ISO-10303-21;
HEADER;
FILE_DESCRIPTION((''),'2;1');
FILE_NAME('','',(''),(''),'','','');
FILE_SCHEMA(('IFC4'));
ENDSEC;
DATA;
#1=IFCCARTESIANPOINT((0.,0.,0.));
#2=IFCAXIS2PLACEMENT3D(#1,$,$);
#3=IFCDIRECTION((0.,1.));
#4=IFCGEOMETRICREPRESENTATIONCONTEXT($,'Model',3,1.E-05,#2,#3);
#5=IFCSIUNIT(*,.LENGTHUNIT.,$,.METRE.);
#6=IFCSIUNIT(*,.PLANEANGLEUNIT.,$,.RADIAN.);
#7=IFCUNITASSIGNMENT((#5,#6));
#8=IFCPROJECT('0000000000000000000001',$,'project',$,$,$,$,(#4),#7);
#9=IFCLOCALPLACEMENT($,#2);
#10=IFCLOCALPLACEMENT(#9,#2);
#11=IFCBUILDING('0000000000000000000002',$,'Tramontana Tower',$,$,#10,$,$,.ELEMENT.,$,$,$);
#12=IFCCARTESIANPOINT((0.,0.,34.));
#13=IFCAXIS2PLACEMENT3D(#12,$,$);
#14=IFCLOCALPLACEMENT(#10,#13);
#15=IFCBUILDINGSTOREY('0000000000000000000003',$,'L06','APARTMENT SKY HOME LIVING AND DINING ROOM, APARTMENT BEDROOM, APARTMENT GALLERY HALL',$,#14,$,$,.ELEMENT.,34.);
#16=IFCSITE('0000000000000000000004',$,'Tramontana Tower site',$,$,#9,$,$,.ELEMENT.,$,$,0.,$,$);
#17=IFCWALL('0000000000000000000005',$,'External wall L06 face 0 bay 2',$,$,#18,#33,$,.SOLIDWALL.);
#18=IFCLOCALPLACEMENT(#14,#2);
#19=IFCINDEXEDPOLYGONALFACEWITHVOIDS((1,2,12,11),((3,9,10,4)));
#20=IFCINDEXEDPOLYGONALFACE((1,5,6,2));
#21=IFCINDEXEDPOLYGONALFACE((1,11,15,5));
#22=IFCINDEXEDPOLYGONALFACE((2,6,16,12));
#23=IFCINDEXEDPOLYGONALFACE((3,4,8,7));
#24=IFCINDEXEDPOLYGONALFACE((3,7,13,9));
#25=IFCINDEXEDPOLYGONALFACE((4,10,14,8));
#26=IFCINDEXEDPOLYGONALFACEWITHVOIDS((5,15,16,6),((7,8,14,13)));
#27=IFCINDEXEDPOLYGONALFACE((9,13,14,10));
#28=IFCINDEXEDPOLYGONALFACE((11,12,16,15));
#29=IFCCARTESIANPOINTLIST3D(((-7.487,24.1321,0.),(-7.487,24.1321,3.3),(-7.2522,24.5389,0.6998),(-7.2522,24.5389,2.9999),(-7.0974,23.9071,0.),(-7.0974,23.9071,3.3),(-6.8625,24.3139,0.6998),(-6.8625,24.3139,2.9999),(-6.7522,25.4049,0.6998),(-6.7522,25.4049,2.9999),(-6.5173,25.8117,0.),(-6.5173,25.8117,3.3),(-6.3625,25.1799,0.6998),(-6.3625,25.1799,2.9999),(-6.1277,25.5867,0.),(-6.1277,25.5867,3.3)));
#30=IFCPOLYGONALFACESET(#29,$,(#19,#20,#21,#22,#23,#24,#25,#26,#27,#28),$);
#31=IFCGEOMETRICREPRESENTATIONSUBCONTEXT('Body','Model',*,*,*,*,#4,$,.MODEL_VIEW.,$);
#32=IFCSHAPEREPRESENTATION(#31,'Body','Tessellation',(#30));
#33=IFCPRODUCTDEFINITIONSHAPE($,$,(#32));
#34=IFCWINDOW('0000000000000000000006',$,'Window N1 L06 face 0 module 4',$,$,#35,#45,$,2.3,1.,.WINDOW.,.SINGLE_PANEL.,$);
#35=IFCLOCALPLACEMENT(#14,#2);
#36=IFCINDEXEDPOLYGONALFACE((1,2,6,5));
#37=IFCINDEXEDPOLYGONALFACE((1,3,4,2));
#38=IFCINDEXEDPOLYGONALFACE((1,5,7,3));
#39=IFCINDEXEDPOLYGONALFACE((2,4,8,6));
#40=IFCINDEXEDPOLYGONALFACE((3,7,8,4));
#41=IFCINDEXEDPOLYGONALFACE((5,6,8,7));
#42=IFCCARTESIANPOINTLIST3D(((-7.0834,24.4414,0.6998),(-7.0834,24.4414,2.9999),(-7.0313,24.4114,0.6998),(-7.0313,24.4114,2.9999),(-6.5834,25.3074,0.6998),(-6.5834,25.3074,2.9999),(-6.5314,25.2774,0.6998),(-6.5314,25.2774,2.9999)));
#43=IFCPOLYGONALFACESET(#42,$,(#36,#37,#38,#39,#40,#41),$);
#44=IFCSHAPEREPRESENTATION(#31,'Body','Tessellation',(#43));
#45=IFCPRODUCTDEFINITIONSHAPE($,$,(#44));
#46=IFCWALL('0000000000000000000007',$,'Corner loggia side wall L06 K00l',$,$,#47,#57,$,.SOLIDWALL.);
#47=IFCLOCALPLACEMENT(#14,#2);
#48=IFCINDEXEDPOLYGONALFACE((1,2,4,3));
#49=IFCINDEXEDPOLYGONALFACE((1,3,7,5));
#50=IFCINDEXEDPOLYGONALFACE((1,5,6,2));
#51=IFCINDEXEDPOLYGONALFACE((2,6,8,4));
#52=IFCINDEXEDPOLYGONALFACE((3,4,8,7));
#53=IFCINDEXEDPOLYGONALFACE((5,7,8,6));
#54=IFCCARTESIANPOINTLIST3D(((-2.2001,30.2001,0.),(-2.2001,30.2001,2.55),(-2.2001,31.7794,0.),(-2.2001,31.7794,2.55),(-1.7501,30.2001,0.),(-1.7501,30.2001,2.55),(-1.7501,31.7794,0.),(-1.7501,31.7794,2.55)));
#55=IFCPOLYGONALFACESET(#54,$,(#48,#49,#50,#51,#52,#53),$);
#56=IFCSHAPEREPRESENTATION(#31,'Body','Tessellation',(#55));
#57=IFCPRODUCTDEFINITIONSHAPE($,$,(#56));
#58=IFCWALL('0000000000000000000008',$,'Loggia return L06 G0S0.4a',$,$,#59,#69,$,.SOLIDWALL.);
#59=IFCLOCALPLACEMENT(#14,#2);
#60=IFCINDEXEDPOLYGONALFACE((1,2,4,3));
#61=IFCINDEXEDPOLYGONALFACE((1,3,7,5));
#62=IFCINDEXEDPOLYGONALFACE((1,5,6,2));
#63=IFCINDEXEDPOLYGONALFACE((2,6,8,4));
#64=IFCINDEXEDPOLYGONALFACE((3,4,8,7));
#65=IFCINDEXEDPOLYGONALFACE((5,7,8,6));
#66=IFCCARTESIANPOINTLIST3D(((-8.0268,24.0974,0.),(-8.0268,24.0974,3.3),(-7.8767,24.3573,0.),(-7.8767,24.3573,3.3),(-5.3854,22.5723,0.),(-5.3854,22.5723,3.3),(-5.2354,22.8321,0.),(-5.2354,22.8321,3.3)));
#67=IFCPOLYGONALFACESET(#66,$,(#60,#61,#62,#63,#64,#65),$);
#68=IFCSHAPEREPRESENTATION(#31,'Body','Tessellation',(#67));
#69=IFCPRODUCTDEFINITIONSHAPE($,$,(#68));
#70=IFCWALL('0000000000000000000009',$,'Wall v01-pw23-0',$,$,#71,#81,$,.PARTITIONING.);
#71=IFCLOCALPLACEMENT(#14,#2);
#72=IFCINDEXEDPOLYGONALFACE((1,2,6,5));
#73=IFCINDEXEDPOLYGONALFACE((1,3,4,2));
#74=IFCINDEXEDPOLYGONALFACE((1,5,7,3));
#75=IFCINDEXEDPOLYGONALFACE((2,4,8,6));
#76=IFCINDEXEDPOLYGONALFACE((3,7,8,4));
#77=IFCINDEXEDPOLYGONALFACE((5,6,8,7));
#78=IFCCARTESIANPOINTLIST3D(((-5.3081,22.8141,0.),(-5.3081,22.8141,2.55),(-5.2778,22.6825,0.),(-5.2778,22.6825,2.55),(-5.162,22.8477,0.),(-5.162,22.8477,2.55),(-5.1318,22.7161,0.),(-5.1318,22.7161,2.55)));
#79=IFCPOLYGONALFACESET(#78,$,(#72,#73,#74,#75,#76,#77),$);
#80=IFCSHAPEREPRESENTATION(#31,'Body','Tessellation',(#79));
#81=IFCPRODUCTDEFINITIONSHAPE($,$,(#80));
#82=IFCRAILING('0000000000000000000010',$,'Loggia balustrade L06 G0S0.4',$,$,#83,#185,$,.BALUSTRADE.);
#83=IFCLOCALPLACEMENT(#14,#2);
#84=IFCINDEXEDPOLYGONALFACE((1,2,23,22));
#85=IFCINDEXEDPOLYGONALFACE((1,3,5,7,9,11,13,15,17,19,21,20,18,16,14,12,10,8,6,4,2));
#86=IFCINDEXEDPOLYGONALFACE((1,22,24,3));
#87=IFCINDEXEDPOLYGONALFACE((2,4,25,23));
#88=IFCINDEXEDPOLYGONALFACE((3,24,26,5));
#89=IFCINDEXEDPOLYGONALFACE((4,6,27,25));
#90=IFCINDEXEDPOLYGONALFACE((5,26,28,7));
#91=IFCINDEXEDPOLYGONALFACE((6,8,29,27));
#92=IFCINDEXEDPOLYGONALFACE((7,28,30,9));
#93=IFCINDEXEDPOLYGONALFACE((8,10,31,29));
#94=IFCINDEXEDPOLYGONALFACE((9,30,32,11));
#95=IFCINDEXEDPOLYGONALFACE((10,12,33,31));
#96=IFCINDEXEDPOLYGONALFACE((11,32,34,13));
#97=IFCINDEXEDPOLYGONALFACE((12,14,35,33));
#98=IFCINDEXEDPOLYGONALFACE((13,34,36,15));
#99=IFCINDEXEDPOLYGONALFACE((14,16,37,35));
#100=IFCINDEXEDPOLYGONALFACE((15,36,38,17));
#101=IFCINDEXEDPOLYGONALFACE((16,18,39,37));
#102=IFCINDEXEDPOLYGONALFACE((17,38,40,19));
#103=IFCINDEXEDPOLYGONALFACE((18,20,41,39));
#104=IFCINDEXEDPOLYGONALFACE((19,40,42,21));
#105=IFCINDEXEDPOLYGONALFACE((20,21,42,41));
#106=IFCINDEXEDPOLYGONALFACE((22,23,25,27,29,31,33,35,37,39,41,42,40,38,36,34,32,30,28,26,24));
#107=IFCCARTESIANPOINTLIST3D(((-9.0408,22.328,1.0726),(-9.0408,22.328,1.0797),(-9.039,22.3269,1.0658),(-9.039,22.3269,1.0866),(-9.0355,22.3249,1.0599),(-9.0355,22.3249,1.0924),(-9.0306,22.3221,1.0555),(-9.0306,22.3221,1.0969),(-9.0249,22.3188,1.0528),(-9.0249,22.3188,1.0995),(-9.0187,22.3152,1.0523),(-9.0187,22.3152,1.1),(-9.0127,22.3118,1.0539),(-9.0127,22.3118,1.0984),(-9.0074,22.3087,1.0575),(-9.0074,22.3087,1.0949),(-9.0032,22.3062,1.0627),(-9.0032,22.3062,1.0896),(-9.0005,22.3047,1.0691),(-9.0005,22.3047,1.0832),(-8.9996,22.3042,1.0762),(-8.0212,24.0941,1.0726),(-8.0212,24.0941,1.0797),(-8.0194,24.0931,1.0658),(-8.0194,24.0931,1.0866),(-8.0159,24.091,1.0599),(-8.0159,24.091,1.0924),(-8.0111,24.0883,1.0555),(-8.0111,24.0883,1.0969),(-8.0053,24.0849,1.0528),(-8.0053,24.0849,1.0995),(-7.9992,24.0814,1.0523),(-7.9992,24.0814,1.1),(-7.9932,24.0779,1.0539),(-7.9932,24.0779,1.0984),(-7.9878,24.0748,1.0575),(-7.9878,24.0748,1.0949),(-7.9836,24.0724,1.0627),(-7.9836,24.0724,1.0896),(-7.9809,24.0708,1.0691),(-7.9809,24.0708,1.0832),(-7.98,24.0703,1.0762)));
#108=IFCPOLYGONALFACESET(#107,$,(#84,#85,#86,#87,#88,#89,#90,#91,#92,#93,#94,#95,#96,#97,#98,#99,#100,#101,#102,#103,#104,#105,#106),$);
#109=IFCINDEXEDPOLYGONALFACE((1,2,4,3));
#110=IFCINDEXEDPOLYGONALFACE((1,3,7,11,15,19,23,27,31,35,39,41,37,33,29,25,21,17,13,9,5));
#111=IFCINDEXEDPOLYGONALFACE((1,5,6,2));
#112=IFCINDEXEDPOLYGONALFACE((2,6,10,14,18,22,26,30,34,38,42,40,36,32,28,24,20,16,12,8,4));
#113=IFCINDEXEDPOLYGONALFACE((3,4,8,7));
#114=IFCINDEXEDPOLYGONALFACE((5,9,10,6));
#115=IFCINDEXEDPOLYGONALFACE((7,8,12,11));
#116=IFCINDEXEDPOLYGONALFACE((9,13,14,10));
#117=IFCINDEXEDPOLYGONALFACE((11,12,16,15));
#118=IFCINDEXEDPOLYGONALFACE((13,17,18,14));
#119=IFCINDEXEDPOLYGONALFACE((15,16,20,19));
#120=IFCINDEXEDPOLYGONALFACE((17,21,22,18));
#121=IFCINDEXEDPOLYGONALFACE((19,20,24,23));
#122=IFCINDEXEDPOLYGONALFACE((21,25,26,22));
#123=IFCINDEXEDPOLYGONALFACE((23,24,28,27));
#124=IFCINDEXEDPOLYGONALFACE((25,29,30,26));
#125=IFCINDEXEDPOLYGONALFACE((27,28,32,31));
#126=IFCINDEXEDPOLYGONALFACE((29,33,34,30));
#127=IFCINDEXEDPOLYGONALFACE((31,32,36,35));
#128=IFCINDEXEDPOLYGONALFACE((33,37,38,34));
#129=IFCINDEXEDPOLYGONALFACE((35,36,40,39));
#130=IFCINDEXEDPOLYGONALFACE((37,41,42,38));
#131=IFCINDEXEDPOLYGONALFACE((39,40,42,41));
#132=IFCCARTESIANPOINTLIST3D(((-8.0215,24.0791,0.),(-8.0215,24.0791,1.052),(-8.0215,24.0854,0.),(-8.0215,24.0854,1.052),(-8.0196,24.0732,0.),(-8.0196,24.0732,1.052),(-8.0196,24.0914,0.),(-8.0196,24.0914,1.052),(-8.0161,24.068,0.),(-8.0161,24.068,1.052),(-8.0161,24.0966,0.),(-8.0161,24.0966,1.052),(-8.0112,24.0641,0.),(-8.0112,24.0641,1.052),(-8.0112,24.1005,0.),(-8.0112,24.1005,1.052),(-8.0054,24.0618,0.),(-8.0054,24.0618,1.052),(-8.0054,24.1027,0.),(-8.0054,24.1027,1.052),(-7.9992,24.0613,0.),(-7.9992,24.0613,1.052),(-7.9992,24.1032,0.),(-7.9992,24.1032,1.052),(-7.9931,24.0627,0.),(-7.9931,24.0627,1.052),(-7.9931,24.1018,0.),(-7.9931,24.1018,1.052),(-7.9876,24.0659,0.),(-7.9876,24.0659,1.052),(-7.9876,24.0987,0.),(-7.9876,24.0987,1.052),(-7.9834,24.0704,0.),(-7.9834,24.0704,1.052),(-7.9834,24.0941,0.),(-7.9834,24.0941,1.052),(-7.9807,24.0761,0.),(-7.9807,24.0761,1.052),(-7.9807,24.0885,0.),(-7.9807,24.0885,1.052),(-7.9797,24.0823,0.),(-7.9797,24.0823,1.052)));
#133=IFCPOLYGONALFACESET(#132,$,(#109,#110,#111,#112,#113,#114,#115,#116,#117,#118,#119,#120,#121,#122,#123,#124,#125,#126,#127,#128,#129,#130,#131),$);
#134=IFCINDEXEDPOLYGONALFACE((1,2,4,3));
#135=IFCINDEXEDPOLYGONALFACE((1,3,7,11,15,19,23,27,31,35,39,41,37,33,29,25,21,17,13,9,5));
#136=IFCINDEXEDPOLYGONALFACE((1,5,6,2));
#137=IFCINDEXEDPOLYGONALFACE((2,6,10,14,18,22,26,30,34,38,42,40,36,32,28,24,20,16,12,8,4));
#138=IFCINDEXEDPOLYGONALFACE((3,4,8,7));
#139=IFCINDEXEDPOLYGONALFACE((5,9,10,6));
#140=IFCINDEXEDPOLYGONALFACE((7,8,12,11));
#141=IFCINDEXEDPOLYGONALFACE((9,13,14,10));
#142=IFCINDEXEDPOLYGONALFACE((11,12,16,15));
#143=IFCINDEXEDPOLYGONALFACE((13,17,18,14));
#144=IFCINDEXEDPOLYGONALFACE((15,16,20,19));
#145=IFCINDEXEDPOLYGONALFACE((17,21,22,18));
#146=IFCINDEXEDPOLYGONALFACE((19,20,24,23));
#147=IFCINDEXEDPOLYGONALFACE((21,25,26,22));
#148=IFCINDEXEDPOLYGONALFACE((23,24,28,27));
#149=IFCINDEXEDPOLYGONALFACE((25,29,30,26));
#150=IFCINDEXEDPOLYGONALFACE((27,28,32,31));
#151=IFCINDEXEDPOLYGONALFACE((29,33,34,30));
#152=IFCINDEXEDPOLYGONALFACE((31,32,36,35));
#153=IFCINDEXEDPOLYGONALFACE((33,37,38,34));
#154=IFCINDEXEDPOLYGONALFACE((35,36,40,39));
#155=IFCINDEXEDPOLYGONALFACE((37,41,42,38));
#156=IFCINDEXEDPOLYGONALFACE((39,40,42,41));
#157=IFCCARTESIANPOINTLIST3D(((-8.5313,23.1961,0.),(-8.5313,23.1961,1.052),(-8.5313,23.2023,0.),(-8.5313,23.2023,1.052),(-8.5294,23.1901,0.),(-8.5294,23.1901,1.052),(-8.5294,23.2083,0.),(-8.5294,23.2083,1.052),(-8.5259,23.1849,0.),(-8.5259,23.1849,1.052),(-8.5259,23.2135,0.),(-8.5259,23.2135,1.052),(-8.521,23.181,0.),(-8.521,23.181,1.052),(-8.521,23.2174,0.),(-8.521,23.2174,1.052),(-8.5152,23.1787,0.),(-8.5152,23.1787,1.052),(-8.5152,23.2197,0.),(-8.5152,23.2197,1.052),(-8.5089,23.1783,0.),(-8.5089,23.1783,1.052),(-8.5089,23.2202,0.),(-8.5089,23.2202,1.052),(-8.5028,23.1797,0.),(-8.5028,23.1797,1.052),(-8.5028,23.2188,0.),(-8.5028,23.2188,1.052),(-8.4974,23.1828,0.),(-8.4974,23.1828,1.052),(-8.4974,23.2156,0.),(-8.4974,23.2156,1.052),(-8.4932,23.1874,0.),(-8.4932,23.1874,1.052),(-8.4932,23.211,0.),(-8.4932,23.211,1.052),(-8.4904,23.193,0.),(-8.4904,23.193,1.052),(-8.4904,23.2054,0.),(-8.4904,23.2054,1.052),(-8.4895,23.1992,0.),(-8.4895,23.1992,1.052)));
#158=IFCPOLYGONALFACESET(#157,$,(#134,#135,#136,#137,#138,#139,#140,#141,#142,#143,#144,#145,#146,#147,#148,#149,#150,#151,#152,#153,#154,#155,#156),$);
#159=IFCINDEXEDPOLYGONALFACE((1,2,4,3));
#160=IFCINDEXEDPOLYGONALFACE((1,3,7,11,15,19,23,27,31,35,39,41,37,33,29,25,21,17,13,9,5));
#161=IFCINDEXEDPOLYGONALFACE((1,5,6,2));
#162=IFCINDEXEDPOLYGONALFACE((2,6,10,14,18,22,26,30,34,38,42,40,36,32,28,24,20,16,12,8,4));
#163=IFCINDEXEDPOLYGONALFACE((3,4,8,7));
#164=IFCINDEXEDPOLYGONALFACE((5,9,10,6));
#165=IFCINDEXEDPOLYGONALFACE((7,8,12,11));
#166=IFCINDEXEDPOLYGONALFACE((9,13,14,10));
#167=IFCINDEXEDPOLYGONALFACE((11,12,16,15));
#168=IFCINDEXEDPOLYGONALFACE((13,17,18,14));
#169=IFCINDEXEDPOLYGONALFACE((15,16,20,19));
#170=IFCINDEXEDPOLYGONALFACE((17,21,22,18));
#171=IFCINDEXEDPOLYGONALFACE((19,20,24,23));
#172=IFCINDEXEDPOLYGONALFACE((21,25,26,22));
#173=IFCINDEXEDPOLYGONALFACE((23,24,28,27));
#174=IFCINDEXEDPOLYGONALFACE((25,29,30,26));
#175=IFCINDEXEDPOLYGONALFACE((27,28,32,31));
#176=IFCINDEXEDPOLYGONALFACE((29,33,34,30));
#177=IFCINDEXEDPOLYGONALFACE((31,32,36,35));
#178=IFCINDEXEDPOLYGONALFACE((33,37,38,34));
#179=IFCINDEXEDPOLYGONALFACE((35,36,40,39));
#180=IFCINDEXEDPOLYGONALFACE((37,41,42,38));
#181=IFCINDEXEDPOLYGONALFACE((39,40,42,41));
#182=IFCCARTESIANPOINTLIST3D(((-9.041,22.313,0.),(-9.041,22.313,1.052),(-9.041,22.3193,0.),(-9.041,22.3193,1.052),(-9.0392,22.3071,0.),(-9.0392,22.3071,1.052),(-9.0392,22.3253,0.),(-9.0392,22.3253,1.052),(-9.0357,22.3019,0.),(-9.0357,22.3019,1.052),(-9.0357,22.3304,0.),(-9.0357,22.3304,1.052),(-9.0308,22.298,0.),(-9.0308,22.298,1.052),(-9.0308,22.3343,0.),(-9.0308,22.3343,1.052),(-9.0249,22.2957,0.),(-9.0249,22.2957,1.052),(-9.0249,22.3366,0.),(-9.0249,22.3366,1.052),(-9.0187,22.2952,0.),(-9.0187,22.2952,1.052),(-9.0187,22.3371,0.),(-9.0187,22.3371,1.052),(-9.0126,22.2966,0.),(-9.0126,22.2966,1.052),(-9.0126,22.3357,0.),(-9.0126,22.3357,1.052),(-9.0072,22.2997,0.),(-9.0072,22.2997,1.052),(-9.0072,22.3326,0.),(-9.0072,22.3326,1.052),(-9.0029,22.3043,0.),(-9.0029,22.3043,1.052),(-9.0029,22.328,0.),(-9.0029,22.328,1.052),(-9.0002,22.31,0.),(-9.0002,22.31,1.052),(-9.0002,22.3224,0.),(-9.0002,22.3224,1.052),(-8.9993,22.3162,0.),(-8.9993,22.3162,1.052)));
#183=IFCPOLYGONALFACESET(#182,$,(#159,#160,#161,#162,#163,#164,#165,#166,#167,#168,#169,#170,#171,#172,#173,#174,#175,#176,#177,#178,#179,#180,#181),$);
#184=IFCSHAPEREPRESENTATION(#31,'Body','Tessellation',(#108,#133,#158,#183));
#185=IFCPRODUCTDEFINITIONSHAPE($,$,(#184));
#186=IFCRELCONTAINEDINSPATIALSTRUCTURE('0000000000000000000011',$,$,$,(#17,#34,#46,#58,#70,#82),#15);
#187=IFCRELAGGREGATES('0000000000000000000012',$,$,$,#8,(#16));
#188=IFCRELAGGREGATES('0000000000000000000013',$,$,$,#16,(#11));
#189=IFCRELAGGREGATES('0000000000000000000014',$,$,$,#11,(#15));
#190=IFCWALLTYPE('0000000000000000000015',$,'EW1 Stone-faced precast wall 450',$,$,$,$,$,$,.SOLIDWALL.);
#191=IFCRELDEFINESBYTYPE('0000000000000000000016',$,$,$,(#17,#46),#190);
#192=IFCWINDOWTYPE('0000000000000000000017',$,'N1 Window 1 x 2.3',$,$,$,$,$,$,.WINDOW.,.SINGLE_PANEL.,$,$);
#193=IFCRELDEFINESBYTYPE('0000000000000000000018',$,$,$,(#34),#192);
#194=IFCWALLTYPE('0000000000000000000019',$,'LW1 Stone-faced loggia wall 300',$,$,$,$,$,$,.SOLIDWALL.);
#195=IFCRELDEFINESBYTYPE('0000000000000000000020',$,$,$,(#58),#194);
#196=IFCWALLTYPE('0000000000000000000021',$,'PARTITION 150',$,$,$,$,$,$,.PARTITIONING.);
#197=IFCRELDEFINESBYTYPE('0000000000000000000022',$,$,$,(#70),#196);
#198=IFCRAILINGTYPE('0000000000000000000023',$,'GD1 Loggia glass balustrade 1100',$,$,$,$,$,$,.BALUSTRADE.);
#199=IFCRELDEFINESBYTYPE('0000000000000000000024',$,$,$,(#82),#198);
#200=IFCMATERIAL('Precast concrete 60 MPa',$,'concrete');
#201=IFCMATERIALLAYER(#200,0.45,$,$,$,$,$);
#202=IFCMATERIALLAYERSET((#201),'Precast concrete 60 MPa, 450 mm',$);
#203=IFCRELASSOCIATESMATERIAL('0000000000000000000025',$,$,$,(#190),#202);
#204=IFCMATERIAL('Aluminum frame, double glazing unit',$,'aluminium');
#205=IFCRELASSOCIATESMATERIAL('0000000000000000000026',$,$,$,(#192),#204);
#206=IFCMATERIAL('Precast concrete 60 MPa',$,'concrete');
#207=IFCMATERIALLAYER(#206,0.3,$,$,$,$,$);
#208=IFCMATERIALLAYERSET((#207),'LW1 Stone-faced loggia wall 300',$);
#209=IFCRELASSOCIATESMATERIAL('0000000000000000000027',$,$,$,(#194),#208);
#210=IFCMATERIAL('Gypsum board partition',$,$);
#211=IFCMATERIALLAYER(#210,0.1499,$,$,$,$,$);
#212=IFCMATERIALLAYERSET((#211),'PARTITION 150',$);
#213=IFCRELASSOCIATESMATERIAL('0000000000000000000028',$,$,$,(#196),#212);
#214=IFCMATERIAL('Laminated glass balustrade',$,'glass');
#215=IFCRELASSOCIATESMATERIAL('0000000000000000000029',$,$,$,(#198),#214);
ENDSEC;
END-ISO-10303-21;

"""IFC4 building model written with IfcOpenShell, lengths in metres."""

from ifc_helpers import new_model, si_unit, direction, frame, frame_2d, origin, origin_2d, place, context, subcontext, project, spatial, rectangle, circle, extrude, material, layer, layer_set, type_object, element, fill, save


model = new_model("IFC4")

# Units and contexts
model_context = context("Model", 3, precision=1e-05, world=origin(), true_north=direction((0.0, 1.0)))
body_context = subcontext(model_context, "Body", "Model", "MODEL_VIEW")
ifc_project = project(units=[si_unit("LENGTHUNIT", "METRE"), si_unit("PLANEANGLEUNIT", "RADIAN")], contexts=[model_context])

# Site, building, storey
site_placement = place(None, origin())
site = spatial("IfcSite", under=ifc_project, at=site_placement, Name="Tramontana Tower site", CompositionType="ELEMENT", RefElevation=0.0)
building_placement = place(site_placement, origin())
building = spatial("IfcBuilding", under=site, at=building_placement, Name="Tramontana Tower", CompositionType="ELEMENT")
storey_placement = place(building_placement, frame((0.0, 0.0, 34.0)))
storey = spatial("IfcBuildingStorey", under=building, at=storey_placement, Name="L06", Description="APARTMENT SKY HOME LIVING AND DINING ROOM, APARTMENT BEDROOM, APARTMENT GALLERY HALL", CompositionType="ELEMENT", Elevation=34.0)

# Shared definitions
ifc_material_1 = material(Name="Precast concrete 60 MPa", Category="concrete")
ifc_layer_1 = layer(ifc_material_1, 0.45)
ifc_layer_set_1 = layer_set([ifc_layer_1], Name="Precast concrete 60 MPa, 450 mm")
wall_type_1 = type_object("IfcWallType", Name="EW1 Stone-faced precast wall 450", PredefinedType="SOLIDWALL", material=ifc_layer_set_1)

# Wall, opening, window
wall_1_placement = place(storey_placement, frame((-6.3225, 25.6992, 0.0), z_axis=(0.0, 0.0, 1.0), x_axis=(-0.499984, -0.866035, 0.0)))
wall_1 = element("IfcWall", 1, at=wall_1_placement, inside=storey, type_object=wall_type_1, Name="External wall L06 face 0 bay 2", PredefinedType="SOLIDWALL", context=body_context, shape_type="SweptSolid", body=[
    extrude(rectangle(XDim=1.9395, YDim=0.45, at=frame_2d((0.9697, 0.0))), origin(), (0.0, 0.0, 1.0), 3.3),
])
opening_1_placement = place(wall_1_placement, frame((0.4697, 0.0, 0.7)))
opening_1 = element("IfcOpeningElement", 2, at=opening_1_placement, cuts=wall_1, PredefinedType="OPENING", context=body_context, shape_type="SweptSolid", body=[
    extrude(rectangle(XDim=1.0, YDim=2.3, at=frame_2d((0.5, 1.1499))), frame((0.0, 0.2349, 0.0), z_axis=(0.0, -1.0, 0.0), x_axis=(1.0, 0.0, 0.0)), (0.0, 0.0, 1.0), 0.47),
])
ifc_material_2 = material(Name="Aluminum frame, double glazing unit", Category="aluminium")
window_type_1 = type_object("IfcWindowType", Name="N1 Window 1 x 2.3", PartitioningType="SINGLE_PANEL", PredefinedType="WINDOW", material=ifc_material_2)
window_1_placement = place(opening_1_placement, origin())
window_1 = element("IfcWindow", 3, at=window_1_placement, inside=storey, type_object=window_type_1, Name="Window N1 L06 face 0 module 4", OverallHeight=2.3, OverallWidth=1.0, PartitioningType="SINGLE_PANEL", PredefinedType="WINDOW", context=body_context, shape_type="SweptSolid", body=[
    extrude(rectangle(XDim=1.0, YDim=2.3, at=frame_2d((0.5, 1.1499))), frame((0.0, 0.03, 0.0), z_axis=(0.0, -1.0, 0.0), x_axis=(1.0, 0.0, 0.0)), (0.0, 0.0, 1.0), 0.0601),
])
fill(opening_1, window_1)

# Wall
wall_2_placement = place(storey_placement, frame((-1.9751, 31.7793, 0.0), z_axis=(0.0, 0.0, 1.0), x_axis=(0.0, -1.0, 0.0)))
element("IfcWall", 4, at=wall_2_placement, inside=storey, type_object=wall_type_1, Name="Corner loggia side wall L06 K00l", PredefinedType="SOLIDWALL", context=body_context, shape_type="SweptSolid", body=[
    extrude(rectangle(XDim=1.5793, YDim=0.45, at=frame_2d((0.7896, 0.0))), origin(), (0.0, 0.0, 1.0), 2.55),
])

# Walls
ifc_material_3 = material(Name="Precast concrete 60 MPa", Category="concrete")
ifc_layer_2 = layer(ifc_material_3, 0.3)
ifc_layer_set_2 = layer_set([ifc_layer_2], Name="LW1 Stone-faced loggia wall 300")
wall_type_2 = type_object("IfcWallType", Name="LW1 Stone-faced loggia wall 300", PredefinedType="SOLIDWALL", material=ifc_layer_set_2)
wall_3_placement = place(storey_placement, frame((-7.9517, 24.2273, 0.0), z_axis=(0.0, 0.0, 1.0), x_axis=(0.866003, -0.500039, 0.0)))
element("IfcWall", 5, at=wall_3_placement, inside=storey, type_object=wall_type_2, Name="Loggia return L06 G0S0.4a", PredefinedType="SOLIDWALL", context=body_context, shape_type="SweptSolid", body=[
    extrude(rectangle(XDim=3.05, YDim=0.3, at=frame_2d((1.5249, 0.0))), origin(), (0.0, 0.0, 1.0), 3.3),
])
ifc_material_4 = material(Name="Gypsum board partition")
ifc_layer_3 = layer(ifc_material_4, 0.1499)
ifc_layer_set_3 = layer_set([ifc_layer_3], Name="PARTITION 150")
wall_type_3 = type_object("IfcWallType", Name="PARTITION 150", PredefinedType="PARTITIONING", material=ifc_layer_set_3)
wall_4_placement = place(storey_placement, frame((-5.2048, 22.6995, 0.0), z_axis=(0.0, 0.0, 1.0), x_axis=(-0.224199, 0.974543, 0.0)))
element("IfcWall", 6, at=wall_4_placement, inside=storey, type_object=wall_type_3, Name="Wall v01-pw23-0", PredefinedType="PARTITIONING", context=body_context, shape_type="SweptSolid", body=[
    extrude(rectangle(XDim=0.135, YDim=0.1499, at=frame_2d((0.0674, 0.0))), origin(), (0.0, 0.0, 1.0), 2.55),
])

# Railing
ifc_material_5 = material(Name="Laminated glass balustrade", Category="glass")
railing_type = type_object("IfcRailingType", Name="GD1 Loggia glass balustrade 1100", PredefinedType="BALUSTRADE", material=ifc_material_5)
railing_1_placement = place(storey_placement, frame((-8.0007, 24.0823, 0.0)))
element("IfcRailing", 7, at=railing_1_placement, inside=storey, type_object=railing_type, Name="Loggia balustrade L06 G0S0.4", PredefinedType="BALUSTRADE", context=body_context, shape_type="SweptSolid", body=[
    extrude(circle(Radius=0.0239, at=origin_2d()), frame((0.0, 0.0, 1.0762), z_axis=(-0.49995, -0.866054, 0.0), x_axis=(0.866054, -0.49995, 0.0)), (0.0, 0.0, 1.0), 2.0393),
    extrude(circle(Radius=0.021, at=origin_2d()), origin(), (0.0, 0.0, 1.0), 1.052),
    extrude(circle(Radius=0.021, at=origin_2d()), frame((-0.5098, -0.8831, 0.0)), (0.0, 0.0, 1.0), 1.052),
    extrude(circle(Radius=0.021, at=origin_2d()), frame((-1.0195, -1.7661, 0.0)), (0.0, 0.0, 1.0), 1.052),
])

save(model, "model.ifc")
